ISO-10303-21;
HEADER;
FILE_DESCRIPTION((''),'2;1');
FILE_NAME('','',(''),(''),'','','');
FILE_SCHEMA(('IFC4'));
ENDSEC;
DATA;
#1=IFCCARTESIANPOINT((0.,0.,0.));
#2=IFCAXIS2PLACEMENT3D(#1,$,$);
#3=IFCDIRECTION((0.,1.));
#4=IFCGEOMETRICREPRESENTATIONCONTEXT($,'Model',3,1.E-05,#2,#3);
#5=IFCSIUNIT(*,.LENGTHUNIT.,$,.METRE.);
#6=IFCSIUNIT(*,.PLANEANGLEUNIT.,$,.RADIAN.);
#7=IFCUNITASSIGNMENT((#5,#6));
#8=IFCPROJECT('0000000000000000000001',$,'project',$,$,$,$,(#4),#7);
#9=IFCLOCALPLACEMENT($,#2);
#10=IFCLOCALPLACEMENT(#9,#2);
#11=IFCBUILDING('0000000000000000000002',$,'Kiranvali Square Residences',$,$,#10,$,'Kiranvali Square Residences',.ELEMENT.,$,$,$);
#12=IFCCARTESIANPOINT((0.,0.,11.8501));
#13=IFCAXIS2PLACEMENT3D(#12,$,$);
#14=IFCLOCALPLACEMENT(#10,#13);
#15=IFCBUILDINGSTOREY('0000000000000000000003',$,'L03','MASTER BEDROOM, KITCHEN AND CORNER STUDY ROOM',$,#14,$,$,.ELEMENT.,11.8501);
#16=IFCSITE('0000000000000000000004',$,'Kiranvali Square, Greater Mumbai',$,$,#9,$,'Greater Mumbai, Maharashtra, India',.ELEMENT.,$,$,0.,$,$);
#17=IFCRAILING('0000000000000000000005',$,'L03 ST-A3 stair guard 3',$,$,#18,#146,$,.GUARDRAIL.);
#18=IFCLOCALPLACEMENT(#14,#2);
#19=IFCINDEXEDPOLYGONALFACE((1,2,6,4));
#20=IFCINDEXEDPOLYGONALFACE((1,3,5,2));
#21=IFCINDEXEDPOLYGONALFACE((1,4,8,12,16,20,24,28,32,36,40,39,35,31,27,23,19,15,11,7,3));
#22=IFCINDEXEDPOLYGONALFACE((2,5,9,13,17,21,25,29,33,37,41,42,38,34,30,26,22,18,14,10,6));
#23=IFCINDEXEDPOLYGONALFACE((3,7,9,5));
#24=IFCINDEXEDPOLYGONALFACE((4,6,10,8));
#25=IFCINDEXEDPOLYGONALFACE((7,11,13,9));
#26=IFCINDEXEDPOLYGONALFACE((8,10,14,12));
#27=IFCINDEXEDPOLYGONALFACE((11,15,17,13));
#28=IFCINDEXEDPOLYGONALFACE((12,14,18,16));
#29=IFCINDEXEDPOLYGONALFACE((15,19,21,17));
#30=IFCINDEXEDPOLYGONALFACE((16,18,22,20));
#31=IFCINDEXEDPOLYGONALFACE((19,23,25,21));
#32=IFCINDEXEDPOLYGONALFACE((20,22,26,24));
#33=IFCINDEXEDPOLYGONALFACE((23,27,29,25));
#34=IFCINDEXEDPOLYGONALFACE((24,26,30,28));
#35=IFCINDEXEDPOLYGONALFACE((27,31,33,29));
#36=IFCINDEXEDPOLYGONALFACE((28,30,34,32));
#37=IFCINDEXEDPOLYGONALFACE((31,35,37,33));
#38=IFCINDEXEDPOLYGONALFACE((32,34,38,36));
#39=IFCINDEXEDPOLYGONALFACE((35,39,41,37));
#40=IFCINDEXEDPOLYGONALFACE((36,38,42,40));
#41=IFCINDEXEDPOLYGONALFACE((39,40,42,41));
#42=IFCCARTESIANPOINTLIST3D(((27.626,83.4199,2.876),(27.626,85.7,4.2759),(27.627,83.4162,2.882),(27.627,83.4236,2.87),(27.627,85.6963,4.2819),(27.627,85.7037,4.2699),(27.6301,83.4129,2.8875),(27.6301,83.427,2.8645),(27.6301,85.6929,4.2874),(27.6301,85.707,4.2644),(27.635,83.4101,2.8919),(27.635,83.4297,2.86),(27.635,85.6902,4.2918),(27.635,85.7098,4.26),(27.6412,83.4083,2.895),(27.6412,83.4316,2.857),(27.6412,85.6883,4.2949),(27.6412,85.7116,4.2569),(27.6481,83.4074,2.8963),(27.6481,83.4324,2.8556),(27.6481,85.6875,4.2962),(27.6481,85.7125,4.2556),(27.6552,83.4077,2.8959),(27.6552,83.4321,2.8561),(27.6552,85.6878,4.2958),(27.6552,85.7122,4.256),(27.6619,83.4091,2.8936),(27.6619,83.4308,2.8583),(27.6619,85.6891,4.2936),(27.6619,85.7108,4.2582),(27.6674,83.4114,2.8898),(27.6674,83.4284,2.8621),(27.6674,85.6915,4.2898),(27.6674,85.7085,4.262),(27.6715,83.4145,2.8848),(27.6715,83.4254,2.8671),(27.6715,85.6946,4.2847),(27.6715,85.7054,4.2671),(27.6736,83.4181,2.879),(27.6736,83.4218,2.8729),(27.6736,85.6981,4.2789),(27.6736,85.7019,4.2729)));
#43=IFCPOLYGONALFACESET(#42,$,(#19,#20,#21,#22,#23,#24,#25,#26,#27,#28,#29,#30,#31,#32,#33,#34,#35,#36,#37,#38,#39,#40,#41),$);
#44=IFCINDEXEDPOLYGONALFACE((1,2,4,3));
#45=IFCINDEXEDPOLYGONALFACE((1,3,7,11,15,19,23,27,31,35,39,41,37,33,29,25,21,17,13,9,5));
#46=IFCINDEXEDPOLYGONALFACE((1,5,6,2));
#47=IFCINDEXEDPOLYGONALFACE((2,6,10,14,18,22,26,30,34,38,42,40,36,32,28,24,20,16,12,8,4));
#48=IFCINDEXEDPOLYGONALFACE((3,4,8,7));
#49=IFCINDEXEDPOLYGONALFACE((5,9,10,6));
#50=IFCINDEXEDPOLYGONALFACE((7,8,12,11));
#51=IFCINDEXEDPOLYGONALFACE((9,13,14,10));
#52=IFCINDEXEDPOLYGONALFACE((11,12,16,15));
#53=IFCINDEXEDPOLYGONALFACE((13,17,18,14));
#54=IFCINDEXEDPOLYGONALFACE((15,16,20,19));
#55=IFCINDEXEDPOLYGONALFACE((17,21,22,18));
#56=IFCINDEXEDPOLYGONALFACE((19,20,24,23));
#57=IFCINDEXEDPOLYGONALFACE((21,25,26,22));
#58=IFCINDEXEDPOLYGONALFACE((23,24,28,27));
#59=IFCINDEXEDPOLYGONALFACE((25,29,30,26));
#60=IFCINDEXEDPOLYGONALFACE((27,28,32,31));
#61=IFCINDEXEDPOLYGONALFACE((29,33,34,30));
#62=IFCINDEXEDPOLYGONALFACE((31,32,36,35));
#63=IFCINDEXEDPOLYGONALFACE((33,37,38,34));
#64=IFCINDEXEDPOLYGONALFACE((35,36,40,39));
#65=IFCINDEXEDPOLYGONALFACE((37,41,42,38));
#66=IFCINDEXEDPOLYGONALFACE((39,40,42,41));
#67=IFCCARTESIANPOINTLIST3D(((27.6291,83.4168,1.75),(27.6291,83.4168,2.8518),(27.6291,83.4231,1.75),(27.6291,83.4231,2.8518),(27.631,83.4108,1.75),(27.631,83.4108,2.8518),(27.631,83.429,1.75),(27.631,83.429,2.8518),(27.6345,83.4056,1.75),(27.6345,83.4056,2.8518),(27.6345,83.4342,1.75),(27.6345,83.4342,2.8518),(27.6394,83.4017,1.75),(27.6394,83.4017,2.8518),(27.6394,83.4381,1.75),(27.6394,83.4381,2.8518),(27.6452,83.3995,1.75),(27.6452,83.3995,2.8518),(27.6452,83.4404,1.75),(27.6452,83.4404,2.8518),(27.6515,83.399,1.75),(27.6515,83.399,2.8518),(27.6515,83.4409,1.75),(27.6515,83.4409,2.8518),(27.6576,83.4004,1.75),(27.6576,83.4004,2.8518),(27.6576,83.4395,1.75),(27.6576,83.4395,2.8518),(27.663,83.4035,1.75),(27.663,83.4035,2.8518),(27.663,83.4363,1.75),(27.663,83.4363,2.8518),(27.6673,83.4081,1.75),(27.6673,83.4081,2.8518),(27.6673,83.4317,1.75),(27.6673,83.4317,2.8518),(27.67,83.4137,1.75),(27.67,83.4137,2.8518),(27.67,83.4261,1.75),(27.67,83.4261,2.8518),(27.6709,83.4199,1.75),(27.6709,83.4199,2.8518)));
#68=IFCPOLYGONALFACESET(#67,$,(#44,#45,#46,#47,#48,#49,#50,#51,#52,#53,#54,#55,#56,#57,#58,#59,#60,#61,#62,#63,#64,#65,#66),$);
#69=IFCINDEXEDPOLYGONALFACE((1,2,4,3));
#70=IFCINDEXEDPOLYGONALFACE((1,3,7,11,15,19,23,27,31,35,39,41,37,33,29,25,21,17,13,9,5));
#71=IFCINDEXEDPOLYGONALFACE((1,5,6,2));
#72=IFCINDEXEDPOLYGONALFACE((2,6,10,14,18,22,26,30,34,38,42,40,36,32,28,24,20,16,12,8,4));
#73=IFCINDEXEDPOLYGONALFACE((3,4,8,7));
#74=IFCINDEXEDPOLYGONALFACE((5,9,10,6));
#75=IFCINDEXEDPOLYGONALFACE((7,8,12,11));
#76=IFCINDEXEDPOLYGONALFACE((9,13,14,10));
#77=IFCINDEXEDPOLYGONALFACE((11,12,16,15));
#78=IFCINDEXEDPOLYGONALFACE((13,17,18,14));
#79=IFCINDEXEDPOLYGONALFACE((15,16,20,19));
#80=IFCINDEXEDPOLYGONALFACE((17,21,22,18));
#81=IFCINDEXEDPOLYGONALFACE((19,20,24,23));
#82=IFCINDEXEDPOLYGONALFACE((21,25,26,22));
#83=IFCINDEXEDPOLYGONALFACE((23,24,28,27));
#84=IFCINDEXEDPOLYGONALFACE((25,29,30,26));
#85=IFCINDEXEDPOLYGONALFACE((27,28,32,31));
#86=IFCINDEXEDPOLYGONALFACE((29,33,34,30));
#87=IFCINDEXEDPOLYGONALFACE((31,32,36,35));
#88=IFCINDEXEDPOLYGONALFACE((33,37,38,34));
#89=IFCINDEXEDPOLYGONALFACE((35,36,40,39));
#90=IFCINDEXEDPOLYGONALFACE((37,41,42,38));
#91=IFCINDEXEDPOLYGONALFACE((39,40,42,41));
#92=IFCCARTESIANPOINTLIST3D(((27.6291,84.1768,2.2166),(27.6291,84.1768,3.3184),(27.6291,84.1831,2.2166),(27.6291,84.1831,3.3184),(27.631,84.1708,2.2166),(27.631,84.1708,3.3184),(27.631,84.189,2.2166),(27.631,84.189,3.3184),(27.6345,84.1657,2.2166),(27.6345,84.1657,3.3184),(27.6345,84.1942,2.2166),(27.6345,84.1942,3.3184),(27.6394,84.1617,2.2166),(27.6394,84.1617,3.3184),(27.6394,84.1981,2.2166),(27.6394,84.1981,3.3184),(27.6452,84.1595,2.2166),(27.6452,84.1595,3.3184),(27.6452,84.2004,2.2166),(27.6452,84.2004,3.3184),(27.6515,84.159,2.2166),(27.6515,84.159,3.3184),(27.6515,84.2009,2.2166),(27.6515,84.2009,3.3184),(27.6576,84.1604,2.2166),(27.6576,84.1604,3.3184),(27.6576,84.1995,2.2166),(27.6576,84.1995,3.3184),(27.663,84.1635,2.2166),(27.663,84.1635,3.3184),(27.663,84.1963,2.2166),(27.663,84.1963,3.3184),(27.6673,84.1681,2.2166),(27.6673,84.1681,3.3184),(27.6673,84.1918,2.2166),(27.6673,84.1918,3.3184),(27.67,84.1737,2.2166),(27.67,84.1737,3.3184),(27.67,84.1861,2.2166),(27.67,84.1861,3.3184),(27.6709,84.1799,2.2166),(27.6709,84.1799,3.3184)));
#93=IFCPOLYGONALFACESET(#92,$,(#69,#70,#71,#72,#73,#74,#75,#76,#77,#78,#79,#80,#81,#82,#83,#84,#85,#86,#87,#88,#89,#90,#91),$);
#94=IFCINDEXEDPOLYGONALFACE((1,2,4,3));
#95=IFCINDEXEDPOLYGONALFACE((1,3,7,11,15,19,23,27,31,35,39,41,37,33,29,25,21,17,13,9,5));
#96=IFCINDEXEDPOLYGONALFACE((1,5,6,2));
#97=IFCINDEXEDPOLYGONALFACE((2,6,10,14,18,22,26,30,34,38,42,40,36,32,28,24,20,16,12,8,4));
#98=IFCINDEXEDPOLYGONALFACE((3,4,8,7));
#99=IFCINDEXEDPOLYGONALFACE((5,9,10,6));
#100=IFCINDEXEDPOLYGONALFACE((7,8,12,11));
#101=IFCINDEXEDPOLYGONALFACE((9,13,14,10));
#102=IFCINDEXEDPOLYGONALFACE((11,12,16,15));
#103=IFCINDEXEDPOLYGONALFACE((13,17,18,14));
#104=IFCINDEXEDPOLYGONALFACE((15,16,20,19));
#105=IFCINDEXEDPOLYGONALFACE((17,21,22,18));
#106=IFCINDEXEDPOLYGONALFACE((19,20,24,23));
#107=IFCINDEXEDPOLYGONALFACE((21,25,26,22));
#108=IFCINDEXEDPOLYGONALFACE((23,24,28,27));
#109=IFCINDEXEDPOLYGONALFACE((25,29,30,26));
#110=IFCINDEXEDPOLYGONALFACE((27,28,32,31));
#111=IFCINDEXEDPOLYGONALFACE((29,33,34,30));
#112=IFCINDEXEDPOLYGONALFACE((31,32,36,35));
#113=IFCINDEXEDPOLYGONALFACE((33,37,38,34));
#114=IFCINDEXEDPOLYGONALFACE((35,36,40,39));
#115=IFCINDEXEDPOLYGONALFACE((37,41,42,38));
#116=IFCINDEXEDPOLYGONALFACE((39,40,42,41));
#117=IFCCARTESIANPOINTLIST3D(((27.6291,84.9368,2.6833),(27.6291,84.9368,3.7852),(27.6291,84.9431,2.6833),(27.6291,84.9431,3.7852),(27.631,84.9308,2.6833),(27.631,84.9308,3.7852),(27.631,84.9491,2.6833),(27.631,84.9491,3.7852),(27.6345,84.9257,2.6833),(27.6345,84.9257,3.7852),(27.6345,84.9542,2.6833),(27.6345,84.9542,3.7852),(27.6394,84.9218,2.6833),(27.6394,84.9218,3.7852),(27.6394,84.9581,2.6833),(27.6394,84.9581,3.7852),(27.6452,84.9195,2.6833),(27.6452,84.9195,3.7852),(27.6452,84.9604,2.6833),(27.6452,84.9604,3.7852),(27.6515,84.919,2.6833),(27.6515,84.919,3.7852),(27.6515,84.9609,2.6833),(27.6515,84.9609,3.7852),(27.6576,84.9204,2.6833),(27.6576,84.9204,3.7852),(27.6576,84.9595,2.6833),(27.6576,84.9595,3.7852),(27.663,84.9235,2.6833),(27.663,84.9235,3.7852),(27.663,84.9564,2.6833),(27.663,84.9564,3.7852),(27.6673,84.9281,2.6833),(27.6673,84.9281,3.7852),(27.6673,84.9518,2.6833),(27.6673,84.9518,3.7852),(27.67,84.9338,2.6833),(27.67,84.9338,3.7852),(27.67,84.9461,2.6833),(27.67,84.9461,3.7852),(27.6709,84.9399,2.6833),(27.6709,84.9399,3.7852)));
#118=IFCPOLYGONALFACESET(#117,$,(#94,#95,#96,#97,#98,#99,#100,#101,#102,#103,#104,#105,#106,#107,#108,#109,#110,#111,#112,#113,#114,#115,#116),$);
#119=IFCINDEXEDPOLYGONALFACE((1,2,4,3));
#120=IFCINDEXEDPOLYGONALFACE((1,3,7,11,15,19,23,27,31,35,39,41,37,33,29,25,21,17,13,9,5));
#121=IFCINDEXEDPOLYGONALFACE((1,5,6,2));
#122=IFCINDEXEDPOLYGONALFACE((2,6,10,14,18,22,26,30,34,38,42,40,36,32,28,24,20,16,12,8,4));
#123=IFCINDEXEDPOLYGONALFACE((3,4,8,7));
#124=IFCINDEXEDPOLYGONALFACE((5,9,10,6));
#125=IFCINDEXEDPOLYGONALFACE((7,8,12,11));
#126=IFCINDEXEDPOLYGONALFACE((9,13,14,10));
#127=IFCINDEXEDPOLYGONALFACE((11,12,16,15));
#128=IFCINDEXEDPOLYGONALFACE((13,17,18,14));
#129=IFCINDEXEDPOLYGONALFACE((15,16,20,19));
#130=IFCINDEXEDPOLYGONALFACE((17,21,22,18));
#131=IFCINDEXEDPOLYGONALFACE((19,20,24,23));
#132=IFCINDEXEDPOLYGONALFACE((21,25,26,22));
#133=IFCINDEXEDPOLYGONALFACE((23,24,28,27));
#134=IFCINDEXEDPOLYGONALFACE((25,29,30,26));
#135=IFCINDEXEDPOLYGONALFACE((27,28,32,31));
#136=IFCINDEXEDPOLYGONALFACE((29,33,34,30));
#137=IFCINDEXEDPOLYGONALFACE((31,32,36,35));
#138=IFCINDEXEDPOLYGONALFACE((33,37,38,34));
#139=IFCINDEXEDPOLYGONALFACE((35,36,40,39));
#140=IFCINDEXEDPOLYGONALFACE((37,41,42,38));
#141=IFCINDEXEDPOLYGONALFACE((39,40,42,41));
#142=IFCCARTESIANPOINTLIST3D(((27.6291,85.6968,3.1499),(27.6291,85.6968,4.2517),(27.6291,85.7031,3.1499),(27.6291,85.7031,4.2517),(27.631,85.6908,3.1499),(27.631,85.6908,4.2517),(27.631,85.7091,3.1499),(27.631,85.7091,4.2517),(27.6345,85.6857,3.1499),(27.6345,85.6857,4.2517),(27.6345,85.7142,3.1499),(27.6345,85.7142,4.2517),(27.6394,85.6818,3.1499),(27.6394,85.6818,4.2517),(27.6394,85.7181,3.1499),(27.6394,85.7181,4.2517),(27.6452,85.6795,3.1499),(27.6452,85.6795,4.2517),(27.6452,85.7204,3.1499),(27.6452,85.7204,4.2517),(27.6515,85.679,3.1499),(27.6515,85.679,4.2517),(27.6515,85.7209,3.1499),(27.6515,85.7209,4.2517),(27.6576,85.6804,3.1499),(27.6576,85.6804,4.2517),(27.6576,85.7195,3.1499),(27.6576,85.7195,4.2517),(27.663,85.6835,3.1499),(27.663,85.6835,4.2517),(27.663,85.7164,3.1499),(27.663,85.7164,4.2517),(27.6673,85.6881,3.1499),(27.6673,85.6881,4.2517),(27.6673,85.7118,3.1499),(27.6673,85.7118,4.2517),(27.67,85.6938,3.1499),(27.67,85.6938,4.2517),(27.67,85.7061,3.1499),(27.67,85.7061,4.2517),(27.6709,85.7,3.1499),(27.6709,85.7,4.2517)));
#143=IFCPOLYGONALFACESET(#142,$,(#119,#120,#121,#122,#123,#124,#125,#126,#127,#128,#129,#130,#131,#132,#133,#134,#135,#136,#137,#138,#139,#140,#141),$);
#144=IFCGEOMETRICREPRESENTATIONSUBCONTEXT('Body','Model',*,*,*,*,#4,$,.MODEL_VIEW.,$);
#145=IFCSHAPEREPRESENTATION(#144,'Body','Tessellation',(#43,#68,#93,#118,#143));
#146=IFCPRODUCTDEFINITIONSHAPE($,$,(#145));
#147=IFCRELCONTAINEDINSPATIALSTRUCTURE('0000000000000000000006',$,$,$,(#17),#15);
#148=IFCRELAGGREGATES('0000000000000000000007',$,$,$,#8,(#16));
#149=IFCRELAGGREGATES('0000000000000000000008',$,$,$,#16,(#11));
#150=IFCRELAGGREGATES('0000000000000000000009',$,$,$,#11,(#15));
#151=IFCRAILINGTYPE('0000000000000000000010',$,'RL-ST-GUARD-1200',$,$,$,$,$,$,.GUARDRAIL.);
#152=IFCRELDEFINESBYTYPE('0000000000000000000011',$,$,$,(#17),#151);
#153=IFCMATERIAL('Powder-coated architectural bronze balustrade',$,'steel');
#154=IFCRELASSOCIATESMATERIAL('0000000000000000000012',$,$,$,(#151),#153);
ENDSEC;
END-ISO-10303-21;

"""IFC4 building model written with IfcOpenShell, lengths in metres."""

from ifc_helpers import new_model, si_unit, direction, frame, origin, origin_2d, place, context, subcontext, project, spatial, circle, extrude, material, type_object, element, save


model = new_model("IFC4")

# Units and contexts
model_context = context("Model", 3, precision=1e-05, world=origin(), true_north=direction((0.0, 1.0)))
body_context = subcontext(model_context, "Body", "Model", "MODEL_VIEW")
ifc_project = project(units=[si_unit("LENGTHUNIT", "METRE"), si_unit("PLANEANGLEUNIT", "RADIAN")], contexts=[model_context])

# Site, building, storey
site_placement = place(None, origin())
site = spatial("IfcSite", under=ifc_project, at=site_placement, Name="Kiranvali Square, Greater Mumbai", LongName="Greater Mumbai, Maharashtra, India", CompositionType="ELEMENT", RefElevation=0.0)
building_placement = place(site_placement, origin())
building = spatial("IfcBuilding", under=site, at=building_placement, Name="Kiranvali Square Residences", LongName="Kiranvali Square Residences", CompositionType="ELEMENT")
storey_placement = place(building_placement, frame((0.0, 0.0, 11.8501)))
storey = spatial("IfcBuildingStorey", under=building, at=storey_placement, Name="L03", Description="MASTER BEDROOM, KITCHEN AND CORNER STUDY ROOM", CompositionType="ELEMENT", Elevation=11.8501)

# Railing
ifc_material_1 = material(Name="Powder-coated architectural bronze balustrade", Category="steel")
railing_type_1 = type_object("IfcRailingType", Name="RL-ST-GUARD-1200", PredefinedType="GUARDRAIL", material=ifc_material_1)
railing_1_placement = place(storey_placement, frame((27.6499, 83.4199, 1.75)))
element("IfcRailing", 1, at=railing_1_placement, inside=storey, type_object=railing_type_1, Name="L03 ST-A3 stair guard 3", PredefinedType="GUARDRAIL", context=body_context, shape_type="SweptSolid", body=[
    extrude(circle(Radius=0.0239, at=origin_2d()), frame((0.0, 0.0, 1.126), z_axis=(0.0, 0.85219, 0.523232), x_axis=(-1.0, 0.0, 0.0)), (0.0, 0.0, 1.0), 2.6755),
    extrude(circle(Radius=0.021, at=origin_2d()), origin(), (0.0, 0.0, 1.0), 1.1018),
    extrude(circle(Radius=0.021, at=origin_2d()), frame((0.0, 0.76, 0.4666)), (0.0, 0.0, 1.0), 1.1018),
    extrude(circle(Radius=0.021, at=origin_2d()), frame((0.0, 1.52, 0.9333)), (0.0, 0.0, 1.0), 1.1018),
    extrude(circle(Radius=0.021, at=origin_2d()), frame((0.0, 2.28, 1.3999)), (0.0, 0.0, 1.0), 1.1018),
])

save(model, "model.ifc")
